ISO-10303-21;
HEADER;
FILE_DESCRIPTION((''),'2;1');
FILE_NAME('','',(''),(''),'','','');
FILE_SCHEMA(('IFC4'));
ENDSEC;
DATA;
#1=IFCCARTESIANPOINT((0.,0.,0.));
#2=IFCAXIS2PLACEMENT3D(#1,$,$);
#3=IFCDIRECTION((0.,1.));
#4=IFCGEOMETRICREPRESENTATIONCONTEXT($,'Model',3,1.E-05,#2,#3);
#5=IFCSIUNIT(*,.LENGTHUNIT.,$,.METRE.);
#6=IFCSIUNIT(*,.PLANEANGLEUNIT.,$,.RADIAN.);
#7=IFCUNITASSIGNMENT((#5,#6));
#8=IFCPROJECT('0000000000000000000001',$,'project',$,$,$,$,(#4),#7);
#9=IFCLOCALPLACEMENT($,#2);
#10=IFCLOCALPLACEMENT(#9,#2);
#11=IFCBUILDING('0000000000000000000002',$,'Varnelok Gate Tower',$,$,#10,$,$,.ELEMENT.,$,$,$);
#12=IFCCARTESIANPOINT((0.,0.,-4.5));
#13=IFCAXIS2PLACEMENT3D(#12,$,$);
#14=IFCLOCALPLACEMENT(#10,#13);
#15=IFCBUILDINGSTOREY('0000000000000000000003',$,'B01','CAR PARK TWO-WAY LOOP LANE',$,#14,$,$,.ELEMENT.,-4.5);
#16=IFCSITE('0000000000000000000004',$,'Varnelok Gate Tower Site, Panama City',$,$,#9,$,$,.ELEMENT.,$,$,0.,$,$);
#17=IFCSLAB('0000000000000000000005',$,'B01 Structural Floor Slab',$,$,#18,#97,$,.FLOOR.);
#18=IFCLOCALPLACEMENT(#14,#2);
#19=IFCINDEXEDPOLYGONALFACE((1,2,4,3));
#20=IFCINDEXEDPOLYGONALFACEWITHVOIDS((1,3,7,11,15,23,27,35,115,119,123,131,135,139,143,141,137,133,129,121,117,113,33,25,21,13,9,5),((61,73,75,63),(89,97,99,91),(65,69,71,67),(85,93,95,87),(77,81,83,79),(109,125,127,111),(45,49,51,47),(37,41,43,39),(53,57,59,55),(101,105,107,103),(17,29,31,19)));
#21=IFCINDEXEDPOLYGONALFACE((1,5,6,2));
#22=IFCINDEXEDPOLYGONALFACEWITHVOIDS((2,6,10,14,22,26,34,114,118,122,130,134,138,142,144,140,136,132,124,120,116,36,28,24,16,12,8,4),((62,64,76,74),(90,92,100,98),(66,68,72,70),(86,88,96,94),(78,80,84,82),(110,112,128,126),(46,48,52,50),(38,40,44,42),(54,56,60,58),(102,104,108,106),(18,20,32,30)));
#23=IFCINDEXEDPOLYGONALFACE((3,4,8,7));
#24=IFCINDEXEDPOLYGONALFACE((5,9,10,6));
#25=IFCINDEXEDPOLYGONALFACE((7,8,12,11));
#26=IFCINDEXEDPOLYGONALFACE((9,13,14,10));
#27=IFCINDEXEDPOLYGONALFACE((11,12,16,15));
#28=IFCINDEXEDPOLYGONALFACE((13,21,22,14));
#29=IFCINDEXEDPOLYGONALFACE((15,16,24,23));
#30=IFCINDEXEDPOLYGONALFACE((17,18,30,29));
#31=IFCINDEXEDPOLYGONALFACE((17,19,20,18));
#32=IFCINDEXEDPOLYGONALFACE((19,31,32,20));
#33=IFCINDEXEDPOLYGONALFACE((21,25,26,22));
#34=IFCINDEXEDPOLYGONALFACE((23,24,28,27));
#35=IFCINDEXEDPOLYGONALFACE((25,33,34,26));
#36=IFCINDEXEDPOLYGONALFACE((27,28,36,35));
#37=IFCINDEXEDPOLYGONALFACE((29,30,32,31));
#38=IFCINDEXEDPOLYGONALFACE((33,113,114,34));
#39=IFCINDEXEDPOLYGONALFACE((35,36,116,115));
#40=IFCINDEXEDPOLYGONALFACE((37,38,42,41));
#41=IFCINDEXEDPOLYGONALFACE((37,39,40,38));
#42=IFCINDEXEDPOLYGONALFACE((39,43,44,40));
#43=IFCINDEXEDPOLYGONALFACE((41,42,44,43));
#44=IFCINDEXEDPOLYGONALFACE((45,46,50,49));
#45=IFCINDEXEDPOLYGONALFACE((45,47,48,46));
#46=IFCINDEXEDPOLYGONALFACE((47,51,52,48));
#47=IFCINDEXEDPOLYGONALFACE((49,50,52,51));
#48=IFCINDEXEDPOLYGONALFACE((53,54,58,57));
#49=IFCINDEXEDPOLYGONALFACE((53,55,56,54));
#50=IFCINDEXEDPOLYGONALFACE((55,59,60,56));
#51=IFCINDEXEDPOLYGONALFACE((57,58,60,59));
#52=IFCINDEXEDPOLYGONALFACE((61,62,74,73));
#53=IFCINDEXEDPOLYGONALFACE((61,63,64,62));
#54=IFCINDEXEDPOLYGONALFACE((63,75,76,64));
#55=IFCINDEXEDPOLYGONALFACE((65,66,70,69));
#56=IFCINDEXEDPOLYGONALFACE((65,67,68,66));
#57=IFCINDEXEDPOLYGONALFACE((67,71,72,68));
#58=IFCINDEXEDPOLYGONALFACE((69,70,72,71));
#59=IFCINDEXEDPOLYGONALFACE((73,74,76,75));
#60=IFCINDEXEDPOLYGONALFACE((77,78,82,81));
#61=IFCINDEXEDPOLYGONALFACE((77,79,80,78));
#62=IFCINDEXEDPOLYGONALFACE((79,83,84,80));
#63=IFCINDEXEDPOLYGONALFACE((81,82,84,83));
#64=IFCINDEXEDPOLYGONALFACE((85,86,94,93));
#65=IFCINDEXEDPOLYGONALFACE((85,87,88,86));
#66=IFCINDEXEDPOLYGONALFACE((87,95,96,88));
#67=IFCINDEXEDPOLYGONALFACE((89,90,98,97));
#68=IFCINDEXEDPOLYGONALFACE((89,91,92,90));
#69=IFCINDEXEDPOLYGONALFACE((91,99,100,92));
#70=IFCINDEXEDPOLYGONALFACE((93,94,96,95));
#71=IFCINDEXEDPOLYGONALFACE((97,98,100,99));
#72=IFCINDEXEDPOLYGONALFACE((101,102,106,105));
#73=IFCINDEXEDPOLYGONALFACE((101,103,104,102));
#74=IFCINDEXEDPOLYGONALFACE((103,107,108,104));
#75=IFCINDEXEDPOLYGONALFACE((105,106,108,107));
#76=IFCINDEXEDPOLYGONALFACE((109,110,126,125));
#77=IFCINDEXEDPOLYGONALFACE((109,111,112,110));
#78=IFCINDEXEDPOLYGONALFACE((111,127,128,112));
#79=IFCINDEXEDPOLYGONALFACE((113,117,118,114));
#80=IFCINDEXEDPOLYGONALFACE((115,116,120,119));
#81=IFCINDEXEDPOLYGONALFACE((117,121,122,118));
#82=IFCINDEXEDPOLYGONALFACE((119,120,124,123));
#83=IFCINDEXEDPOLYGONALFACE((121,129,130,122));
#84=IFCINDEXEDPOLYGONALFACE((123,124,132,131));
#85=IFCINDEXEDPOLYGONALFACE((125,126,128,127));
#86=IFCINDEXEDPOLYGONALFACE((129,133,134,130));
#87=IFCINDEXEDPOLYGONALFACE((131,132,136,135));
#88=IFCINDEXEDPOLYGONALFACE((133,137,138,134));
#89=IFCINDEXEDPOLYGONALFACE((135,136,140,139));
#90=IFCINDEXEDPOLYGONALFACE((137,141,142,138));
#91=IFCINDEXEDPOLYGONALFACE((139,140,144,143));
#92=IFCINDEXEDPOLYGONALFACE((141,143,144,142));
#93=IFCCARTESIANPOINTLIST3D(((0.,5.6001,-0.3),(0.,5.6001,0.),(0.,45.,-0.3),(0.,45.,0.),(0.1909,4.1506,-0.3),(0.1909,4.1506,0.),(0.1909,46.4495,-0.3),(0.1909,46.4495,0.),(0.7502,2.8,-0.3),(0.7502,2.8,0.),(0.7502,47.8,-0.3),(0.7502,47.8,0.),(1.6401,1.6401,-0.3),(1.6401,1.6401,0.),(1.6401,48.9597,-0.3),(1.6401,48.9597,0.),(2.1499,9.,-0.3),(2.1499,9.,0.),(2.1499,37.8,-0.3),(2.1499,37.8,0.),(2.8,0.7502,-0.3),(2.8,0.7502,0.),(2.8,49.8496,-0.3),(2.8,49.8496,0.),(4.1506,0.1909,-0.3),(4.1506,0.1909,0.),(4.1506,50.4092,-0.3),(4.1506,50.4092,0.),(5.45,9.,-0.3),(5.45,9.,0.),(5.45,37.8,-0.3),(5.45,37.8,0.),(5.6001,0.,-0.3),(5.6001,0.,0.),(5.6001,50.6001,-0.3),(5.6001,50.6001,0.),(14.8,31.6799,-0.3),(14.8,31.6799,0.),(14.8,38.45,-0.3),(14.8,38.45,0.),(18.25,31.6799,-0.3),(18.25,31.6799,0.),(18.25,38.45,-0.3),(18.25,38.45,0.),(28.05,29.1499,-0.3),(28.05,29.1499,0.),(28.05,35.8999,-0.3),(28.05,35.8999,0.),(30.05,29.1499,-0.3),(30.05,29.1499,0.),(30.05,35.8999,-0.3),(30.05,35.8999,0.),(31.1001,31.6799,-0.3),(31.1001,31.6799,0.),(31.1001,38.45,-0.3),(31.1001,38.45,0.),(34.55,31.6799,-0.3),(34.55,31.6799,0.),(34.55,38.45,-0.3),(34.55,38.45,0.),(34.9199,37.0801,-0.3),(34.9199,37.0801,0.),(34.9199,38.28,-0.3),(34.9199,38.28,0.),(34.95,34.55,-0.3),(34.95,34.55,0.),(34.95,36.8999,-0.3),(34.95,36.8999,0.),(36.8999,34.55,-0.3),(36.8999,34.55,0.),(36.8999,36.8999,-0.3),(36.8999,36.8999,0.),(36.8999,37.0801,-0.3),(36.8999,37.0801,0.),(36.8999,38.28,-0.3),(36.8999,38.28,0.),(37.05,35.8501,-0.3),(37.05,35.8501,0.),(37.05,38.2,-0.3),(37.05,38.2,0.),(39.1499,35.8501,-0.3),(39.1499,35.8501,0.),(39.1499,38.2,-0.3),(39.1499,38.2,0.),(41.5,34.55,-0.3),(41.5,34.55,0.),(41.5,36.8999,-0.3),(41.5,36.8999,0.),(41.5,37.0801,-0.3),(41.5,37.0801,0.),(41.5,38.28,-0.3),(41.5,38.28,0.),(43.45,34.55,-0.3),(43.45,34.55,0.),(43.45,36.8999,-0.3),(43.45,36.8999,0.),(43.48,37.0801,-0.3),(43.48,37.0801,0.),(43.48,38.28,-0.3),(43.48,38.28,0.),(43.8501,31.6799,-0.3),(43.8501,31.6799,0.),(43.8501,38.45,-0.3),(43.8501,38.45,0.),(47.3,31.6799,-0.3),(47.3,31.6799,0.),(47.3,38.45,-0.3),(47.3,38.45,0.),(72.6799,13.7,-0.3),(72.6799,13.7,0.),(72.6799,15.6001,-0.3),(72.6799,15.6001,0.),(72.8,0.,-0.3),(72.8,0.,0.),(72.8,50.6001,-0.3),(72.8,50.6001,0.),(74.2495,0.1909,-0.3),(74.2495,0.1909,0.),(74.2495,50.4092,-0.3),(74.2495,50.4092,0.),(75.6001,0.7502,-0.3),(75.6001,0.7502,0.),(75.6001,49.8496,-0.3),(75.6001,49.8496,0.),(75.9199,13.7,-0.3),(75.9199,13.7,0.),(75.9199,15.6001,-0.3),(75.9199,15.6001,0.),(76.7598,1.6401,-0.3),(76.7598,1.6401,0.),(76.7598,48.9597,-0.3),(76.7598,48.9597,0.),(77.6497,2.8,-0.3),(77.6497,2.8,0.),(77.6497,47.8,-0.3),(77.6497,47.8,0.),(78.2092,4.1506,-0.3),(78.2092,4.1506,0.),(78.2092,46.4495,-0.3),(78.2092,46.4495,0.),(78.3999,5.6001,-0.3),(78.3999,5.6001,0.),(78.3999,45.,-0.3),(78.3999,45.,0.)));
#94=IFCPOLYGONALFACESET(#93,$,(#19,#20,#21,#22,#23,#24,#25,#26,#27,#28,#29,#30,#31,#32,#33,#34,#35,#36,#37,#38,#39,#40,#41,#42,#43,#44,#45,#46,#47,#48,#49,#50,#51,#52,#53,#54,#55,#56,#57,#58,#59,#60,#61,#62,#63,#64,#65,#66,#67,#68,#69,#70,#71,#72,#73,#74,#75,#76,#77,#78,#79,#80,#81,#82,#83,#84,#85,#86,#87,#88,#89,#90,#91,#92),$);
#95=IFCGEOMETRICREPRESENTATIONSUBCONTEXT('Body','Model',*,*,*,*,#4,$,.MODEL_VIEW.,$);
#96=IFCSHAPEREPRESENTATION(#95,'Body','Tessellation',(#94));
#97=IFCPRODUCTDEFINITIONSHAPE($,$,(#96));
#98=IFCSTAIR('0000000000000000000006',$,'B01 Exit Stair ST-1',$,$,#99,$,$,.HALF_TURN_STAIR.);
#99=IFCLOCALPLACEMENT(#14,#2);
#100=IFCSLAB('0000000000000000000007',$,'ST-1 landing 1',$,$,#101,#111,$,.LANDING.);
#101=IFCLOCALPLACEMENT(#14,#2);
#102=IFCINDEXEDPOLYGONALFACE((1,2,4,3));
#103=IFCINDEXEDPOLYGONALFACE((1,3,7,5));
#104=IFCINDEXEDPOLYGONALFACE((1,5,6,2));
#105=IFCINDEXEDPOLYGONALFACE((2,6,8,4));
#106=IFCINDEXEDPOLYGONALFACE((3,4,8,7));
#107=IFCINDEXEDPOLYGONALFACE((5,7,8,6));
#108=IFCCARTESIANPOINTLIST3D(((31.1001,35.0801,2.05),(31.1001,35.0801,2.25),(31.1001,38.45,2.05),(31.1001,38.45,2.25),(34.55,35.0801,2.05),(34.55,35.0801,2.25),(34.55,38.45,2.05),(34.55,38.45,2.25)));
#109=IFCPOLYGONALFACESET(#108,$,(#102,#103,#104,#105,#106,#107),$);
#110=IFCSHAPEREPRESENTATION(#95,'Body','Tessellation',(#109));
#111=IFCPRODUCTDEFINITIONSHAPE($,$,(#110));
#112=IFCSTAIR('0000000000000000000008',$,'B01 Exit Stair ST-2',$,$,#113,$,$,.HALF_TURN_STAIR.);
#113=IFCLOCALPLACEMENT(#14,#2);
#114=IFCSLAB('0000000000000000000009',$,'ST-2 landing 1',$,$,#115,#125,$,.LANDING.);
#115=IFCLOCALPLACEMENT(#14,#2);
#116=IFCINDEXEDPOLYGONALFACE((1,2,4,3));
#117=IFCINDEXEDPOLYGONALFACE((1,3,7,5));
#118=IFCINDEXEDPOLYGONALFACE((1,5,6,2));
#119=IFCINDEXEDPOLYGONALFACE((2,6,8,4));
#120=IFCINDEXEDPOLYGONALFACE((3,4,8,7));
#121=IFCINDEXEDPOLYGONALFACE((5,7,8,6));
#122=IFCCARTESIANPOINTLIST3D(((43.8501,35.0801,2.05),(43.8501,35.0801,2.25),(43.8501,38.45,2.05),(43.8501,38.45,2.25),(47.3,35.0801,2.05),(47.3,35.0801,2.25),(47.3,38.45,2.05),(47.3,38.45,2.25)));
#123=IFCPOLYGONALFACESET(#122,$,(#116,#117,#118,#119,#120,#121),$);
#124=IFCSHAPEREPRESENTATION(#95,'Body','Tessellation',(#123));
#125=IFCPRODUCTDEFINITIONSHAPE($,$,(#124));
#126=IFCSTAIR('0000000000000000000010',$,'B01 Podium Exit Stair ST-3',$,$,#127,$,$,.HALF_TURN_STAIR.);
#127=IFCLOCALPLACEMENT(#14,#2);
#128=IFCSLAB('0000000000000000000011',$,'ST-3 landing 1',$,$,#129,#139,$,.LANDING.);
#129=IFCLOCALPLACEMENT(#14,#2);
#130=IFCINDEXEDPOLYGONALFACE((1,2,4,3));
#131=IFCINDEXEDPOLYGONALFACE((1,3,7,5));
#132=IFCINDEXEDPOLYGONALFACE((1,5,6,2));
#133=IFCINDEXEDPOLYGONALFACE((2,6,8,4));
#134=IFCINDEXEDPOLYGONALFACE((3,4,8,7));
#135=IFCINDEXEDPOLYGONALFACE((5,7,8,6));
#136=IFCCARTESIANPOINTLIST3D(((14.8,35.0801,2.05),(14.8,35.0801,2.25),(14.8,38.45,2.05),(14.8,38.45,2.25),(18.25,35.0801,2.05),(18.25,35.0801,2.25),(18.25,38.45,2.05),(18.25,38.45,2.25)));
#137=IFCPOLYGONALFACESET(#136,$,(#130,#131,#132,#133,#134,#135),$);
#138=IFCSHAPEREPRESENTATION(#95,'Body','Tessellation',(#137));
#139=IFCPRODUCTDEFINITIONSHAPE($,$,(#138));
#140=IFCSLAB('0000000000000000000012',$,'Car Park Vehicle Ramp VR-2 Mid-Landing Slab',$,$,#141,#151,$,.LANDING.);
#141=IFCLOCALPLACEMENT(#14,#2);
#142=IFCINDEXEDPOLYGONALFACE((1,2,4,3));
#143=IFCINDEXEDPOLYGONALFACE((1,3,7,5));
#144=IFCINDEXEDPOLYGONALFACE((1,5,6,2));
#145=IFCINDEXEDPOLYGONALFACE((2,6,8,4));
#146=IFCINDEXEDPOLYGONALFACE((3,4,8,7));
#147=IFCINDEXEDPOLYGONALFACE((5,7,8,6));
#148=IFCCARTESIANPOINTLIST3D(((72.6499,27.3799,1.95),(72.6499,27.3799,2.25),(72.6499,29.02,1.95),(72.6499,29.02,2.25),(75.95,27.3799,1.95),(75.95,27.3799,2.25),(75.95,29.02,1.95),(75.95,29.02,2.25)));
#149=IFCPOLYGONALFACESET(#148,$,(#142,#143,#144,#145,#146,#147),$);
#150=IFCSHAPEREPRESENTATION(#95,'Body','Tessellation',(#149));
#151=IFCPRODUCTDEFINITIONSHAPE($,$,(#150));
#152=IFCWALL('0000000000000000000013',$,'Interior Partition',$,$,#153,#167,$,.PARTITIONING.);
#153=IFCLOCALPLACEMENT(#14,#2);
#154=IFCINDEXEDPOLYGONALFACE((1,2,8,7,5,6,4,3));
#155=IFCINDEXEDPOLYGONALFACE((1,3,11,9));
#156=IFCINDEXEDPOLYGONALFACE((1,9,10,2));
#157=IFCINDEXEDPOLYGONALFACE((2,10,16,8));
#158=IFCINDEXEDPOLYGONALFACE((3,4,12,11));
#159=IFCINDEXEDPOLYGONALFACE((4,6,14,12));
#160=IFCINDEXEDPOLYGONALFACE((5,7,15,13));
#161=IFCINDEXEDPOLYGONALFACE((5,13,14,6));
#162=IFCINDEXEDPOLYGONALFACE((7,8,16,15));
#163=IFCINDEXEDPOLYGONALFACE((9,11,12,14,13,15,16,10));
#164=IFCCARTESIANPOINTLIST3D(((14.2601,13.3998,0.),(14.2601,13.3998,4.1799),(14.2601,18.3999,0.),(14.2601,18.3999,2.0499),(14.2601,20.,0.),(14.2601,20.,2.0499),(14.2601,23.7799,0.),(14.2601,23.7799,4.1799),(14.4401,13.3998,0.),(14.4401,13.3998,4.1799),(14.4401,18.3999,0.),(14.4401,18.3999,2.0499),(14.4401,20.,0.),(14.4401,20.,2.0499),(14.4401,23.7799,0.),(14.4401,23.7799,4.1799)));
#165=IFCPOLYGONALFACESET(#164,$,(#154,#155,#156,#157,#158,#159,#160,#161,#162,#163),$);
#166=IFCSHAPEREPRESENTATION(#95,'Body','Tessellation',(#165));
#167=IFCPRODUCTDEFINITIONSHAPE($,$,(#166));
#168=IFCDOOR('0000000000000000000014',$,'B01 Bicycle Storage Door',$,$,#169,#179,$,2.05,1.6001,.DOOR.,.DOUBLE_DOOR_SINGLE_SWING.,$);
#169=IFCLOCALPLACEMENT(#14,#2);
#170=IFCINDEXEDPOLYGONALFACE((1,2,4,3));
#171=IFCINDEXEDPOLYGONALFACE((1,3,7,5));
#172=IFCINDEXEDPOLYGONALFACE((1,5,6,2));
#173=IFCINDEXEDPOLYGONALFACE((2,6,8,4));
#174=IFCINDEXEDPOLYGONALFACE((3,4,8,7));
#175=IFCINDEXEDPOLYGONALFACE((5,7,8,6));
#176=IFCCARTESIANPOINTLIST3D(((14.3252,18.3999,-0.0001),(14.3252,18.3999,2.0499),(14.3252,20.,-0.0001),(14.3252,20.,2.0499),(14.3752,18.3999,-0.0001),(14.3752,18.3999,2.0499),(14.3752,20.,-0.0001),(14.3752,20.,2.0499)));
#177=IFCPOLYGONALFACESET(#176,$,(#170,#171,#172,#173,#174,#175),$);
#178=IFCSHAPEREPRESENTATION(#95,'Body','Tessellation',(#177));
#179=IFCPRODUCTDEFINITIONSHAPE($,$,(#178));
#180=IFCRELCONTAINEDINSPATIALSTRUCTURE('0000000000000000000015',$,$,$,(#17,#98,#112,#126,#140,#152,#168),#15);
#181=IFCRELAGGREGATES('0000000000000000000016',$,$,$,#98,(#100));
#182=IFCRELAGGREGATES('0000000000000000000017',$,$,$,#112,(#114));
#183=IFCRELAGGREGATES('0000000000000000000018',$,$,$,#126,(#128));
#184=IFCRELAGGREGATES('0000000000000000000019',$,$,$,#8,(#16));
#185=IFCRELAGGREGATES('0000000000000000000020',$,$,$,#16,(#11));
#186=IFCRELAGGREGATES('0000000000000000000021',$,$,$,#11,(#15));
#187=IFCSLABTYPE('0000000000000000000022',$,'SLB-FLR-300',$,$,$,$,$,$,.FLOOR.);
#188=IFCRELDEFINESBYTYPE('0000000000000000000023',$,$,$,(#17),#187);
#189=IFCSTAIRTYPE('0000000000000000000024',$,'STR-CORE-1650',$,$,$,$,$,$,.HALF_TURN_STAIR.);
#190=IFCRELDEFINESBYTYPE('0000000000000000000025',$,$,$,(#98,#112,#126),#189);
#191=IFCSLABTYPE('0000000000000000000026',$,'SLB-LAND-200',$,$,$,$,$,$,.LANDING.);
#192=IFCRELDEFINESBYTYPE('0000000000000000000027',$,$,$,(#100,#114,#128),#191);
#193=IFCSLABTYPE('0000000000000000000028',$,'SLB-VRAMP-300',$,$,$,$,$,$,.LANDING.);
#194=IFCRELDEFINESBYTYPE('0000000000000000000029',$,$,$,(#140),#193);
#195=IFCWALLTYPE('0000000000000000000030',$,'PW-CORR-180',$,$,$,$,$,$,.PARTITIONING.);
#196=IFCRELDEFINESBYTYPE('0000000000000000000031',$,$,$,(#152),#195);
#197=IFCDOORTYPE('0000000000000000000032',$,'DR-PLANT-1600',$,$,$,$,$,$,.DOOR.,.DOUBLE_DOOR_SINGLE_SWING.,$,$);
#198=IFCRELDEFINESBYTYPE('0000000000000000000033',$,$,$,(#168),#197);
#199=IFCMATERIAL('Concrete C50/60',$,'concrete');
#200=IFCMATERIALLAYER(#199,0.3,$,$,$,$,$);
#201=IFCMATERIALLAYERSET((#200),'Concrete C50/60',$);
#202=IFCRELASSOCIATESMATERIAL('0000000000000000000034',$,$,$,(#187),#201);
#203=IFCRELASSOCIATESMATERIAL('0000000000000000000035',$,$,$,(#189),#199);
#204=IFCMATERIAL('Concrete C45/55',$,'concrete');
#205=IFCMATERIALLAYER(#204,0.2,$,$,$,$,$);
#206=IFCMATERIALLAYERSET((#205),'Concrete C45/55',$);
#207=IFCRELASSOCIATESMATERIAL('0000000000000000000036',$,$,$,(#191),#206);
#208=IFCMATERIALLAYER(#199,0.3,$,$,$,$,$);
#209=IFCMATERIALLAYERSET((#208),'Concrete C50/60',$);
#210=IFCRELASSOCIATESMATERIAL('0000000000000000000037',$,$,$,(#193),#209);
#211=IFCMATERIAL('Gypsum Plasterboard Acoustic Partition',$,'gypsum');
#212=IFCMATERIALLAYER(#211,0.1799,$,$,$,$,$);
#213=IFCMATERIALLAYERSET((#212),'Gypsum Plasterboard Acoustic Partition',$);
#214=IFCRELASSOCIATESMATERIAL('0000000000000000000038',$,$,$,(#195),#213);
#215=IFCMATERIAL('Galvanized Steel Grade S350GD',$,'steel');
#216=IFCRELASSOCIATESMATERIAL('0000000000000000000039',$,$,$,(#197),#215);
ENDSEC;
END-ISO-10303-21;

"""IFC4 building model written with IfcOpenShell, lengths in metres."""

from ifc_helpers import new_model, si_unit, direction, frame, frame_2d, origin, place, context, subcontext, project, spatial, polyline, rectangle, outline, extrude, material, layer, layer_set, type_object, element, fill, aggregate, save


model = new_model("IFC4")

# Units and contexts
model_context = context("Model", 3, precision=1e-05, world=origin(), true_north=direction((0.0, 1.0)))
body_context = subcontext(model_context, "Body", "Model", "MODEL_VIEW")
ifc_project = project(units=[si_unit("LENGTHUNIT", "METRE"), si_unit("PLANEANGLEUNIT", "RADIAN")], contexts=[model_context])

# Site, building, storey
site_placement = place(None, origin())
site = spatial("IfcSite", under=ifc_project, at=site_placement, Name="Varnelok Gate Tower Site, Panama City", CompositionType="ELEMENT", RefElevation=0.0)
building_placement = place(site_placement, origin())
building = spatial("IfcBuilding", under=site, at=building_placement, Name="Varnelok Gate Tower", CompositionType="ELEMENT")
storey_placement = place(building_placement, frame((0.0, 0.0, -4.5)))
storey = spatial("IfcBuildingStorey", under=building, at=storey_placement, Name="B01", Description="CAR PARK TWO-WAY LOOP LANE", CompositionType="ELEMENT", Elevation=-4.5)

# Slab
ifc_material_1 = material(Name="Concrete C50/60", Category="concrete")
ifc_layer_1 = layer(ifc_material_1, 0.3)
ifc_layer_set_1 = layer_set([ifc_layer_1], Name="Concrete C50/60")
slab_type_1 = type_object("IfcSlabType", Name="SLB-FLR-300", PredefinedType="FLOOR", material=ifc_layer_set_1)
slab_1_placement = place(storey_placement, frame((0.0, 0.0, -0.3)))
element("IfcSlab", 1, at=slab_1_placement, inside=storey, type_object=slab_type_1, Name="B01 Structural Floor Slab", PredefinedType="FLOOR", context=body_context, shape_type="SweptSolid", body=[
    extrude(outline(polyline([(0.0, 5.6001), (0.1909, 4.1506), (0.7502, 2.8), (1.6401, 1.6401), (2.8, 0.7502), (4.1506, 0.1909), (5.6001, 0.0), (72.8, 0.0), (74.2495, 0.1909), (75.6001, 0.7502), (76.7598, 1.6401), (77.6497, 2.8), (78.2092, 4.1506), (78.3999, 5.6001), (78.3999, 45.0), (78.2092, 46.4495), (77.6497, 47.8), (76.7598, 48.9597), (75.6001, 49.8496), (74.2495, 50.4092), (72.8, 50.6001), (5.6001, 50.6001), (4.1506, 50.4092), (2.8, 49.8496), (1.6401, 48.9597), (0.7502, 47.8), (0.1909, 46.4495), (0.0, 45.0), (0.0, 5.6001)]), holes=[polyline([(34.55, 31.6799), (34.55, 38.45), (31.1001, 38.45), (31.1001, 31.6799), (34.55, 31.6799)]), polyline([(47.3, 31.6799), (47.3, 38.45), (43.8501, 38.45), (43.8501, 31.6799), (47.3, 31.6799)]), polyline([(18.25, 31.6799), (18.25, 38.45), (14.8, 38.45), (14.8, 31.6799), (18.25, 31.6799)]), polyline([(34.95, 34.55), (36.8999, 34.55), (36.8999, 36.8999), (34.95, 36.8999), (34.95, 34.55)]), polyline([(41.5, 34.55), (43.45, 34.55), (43.45, 36.8999), (41.5, 36.8999), (41.5, 34.55)]), polyline([(37.05, 35.8501), (39.1499, 35.8501), (39.1499, 38.2), (37.05, 38.2), (37.05, 35.8501)]), polyline([(28.05, 29.1499), (30.05, 29.1499), (30.05, 35.8999), (28.05, 35.8999), (28.05, 29.1499)]), polyline([(34.9199, 37.0801), (36.8999, 37.0801), (36.8999, 38.28), (34.9199, 38.28), (34.9199, 37.0801)]), polyline([(41.5, 37.0801), (43.48, 37.0801), (43.48, 38.28), (41.5, 38.28), (41.5, 37.0801)]), polyline([(2.1499, 9.0), (5.45, 9.0), (5.45, 37.8), (2.1499, 37.8), (2.1499, 9.0)]), polyline([(72.6799, 13.7), (75.9199, 13.7), (75.9199, 15.6001), (72.6799, 15.6001), (72.6799, 13.7)])]), origin(), (0.0, 0.0, 1.0), 0.3),
])

# Stairs, slabs
stair_type = type_object("IfcStairType", Name="STR-CORE-1650", PredefinedType="HALF_TURN_STAIR", material=ifc_material_1)
stair_1_placement = place(storey_placement, origin())
stair_1 = element("IfcStair", 2, at=stair_1_placement, inside=storey, type_object=stair_type, Name="B01 Exit Stair ST-1", PredefinedType="HALF_TURN_STAIR")
ifc_material_2 = material(Name="Concrete C45/55", Category="concrete")
ifc_layer_2 = layer(ifc_material_2, 0.2)
ifc_layer_set_2 = layer_set([ifc_layer_2], Name="Concrete C45/55")
slab_type_2 = type_object("IfcSlabType", Name="SLB-LAND-200", PredefinedType="LANDING", material=ifc_layer_set_2)
slab_2_placement = place(storey_placement, frame((0.0, 0.0, 2.05)))
slab_2 = element("IfcSlab", 3, at=slab_2_placement, type_object=slab_type_2, Name="ST-1 landing 1", PredefinedType="LANDING", context=body_context, shape_type="SweptSolid", body=[
    extrude(outline(polyline([(34.55, 35.0801), (34.55, 38.45), (31.1001, 38.45), (31.1001, 35.0801), (34.55, 35.0801)])), origin(), (0.0, 0.0, 1.0), 0.2),
])
aggregate(stair_1, [slab_2])
stair_2_placement = place(storey_placement, origin())
stair_2 = element("IfcStair", 4, at=stair_2_placement, inside=storey, type_object=stair_type, Name="B01 Exit Stair ST-2", PredefinedType="HALF_TURN_STAIR")
slab_3_placement = place(storey_placement, frame((0.0, 0.0, 2.05)))
slab_3 = element("IfcSlab", 5, at=slab_3_placement, type_object=slab_type_2, Name="ST-2 landing 1", PredefinedType="LANDING", context=body_context, shape_type="SweptSolid", body=[
    extrude(outline(polyline([(47.3, 35.0801), (47.3, 38.45), (43.8501, 38.45), (43.8501, 35.0801), (47.3, 35.0801)])), origin(), (0.0, 0.0, 1.0), 0.2),
])
aggregate(stair_2, [slab_3])
stair_3_placement = place(storey_placement, origin())
stair_3 = element("IfcStair", 6, at=stair_3_placement, inside=storey, type_object=stair_type, Name="B01 Podium Exit Stair ST-3", PredefinedType="HALF_TURN_STAIR")
slab_4_placement = place(storey_placement, frame((0.0, 0.0, 2.05)))
slab_4 = element("IfcSlab", 7, at=slab_4_placement, type_object=slab_type_2, Name="ST-3 landing 1", PredefinedType="LANDING", context=body_context, shape_type="SweptSolid", body=[
    extrude(outline(polyline([(18.25, 35.0801), (18.25, 38.45), (14.8, 38.45), (14.8, 35.0801), (18.25, 35.0801)])), origin(), (0.0, 0.0, 1.0), 0.2),
])
aggregate(stair_3, [slab_4])

# Slab
ifc_layer_3 = layer(ifc_material_1, 0.3)
ifc_layer_set_3 = layer_set([ifc_layer_3], Name="Concrete C50/60")
slab_type_3 = type_object("IfcSlabType", Name="SLB-VRAMP-300", PredefinedType="LANDING", material=ifc_layer_set_3)
slab_5_placement = place(storey_placement, frame((0.0, 0.0, 1.95)))
element("IfcSlab", 8, at=slab_5_placement, inside=storey, type_object=slab_type_3, Name="Car Park Vehicle Ramp VR-2 Mid-Landing Slab", PredefinedType="LANDING", context=body_context, shape_type="SweptSolid", body=[
    extrude(outline(polyline([(72.6499, 27.3799), (75.95, 27.3799), (75.95, 29.02), (72.6499, 29.02), (72.6499, 27.3799)])), origin(), (0.0, 0.0, 1.0), 0.3),
])

# Wall, opening, door
ifc_material_3 = material(Name="Gypsum Plasterboard Acoustic Partition", Category="gypsum")
ifc_layer_4 = layer(ifc_material_3, 0.1799)
ifc_layer_set_4 = layer_set([ifc_layer_4], Name="Gypsum Plasterboard Acoustic Partition")
wall_type_1 = type_object("IfcWallType", Name="PW-CORR-180", PredefinedType="PARTITIONING", material=ifc_layer_set_4)
wall_1_placement = place(storey_placement, frame((14.3501, 13.3999, 0.0), z_axis=(0.0, 0.0, 1.0), x_axis=(0.0, 1.0, 0.0)))
wall_1 = element("IfcWall", 9, at=wall_1_placement, inside=storey, type_object=wall_type_1, Name="Interior Partition", PredefinedType="PARTITIONING", context=body_context, shape_type="SweptSolid", body=[
    extrude(rectangle(XDim=10.3801, YDim=0.1799, at=frame_2d((5.1899, 0.0))), origin(), (0.0, 0.0, 1.0), 4.1799),
])
opening_1_placement = place(wall_1_placement, frame((5.0, 0.0, 0.0)))
opening_1 = element("IfcOpeningElement", 10, at=opening_1_placement, cuts=wall_1, PredefinedType="OPENING", context=body_context, shape_type="SweptSolid", body=[
    extrude(rectangle(XDim=1.6001, YDim=2.05, at=frame_2d((0.8, 1.0249))), frame((0.0, 0.0999, 0.0), z_axis=(0.0, -1.0, 0.0), x_axis=(1.0, 0.0, 0.0)), (0.0, 0.0, 1.0), 0.2),
])
ifc_material_4 = material(Name="Galvanized Steel Grade S350GD", Category="steel")
door_type_1 = type_object("IfcDoorType", Name="DR-PLANT-1600", OperationType="DOUBLE_DOOR_SINGLE_SWING", PredefinedType="DOOR", material=ifc_material_4)
door_1_placement = place(opening_1_placement, origin())
door_1 = element("IfcDoor", 11, at=door_1_placement, inside=storey, type_object=door_type_1, Name="B01 Bicycle Storage Door", OperationType="DOUBLE_DOOR_SINGLE_SWING", OverallHeight=2.05, OverallWidth=1.6001, PredefinedType="DOOR", context=body_context, shape_type="SweptSolid", body=[
    extrude(rectangle(XDim=1.6001, YDim=2.05, at=frame_2d((0.8, 1.0249))), frame((0.0, 0.0249, 0.0), z_axis=(0.0, -1.0, 0.0), x_axis=(1.0, 0.0, 0.0)), (0.0, 0.0, 1.0), 0.05),
])
fill(opening_1, door_1)

save(model, "model.ifc")
